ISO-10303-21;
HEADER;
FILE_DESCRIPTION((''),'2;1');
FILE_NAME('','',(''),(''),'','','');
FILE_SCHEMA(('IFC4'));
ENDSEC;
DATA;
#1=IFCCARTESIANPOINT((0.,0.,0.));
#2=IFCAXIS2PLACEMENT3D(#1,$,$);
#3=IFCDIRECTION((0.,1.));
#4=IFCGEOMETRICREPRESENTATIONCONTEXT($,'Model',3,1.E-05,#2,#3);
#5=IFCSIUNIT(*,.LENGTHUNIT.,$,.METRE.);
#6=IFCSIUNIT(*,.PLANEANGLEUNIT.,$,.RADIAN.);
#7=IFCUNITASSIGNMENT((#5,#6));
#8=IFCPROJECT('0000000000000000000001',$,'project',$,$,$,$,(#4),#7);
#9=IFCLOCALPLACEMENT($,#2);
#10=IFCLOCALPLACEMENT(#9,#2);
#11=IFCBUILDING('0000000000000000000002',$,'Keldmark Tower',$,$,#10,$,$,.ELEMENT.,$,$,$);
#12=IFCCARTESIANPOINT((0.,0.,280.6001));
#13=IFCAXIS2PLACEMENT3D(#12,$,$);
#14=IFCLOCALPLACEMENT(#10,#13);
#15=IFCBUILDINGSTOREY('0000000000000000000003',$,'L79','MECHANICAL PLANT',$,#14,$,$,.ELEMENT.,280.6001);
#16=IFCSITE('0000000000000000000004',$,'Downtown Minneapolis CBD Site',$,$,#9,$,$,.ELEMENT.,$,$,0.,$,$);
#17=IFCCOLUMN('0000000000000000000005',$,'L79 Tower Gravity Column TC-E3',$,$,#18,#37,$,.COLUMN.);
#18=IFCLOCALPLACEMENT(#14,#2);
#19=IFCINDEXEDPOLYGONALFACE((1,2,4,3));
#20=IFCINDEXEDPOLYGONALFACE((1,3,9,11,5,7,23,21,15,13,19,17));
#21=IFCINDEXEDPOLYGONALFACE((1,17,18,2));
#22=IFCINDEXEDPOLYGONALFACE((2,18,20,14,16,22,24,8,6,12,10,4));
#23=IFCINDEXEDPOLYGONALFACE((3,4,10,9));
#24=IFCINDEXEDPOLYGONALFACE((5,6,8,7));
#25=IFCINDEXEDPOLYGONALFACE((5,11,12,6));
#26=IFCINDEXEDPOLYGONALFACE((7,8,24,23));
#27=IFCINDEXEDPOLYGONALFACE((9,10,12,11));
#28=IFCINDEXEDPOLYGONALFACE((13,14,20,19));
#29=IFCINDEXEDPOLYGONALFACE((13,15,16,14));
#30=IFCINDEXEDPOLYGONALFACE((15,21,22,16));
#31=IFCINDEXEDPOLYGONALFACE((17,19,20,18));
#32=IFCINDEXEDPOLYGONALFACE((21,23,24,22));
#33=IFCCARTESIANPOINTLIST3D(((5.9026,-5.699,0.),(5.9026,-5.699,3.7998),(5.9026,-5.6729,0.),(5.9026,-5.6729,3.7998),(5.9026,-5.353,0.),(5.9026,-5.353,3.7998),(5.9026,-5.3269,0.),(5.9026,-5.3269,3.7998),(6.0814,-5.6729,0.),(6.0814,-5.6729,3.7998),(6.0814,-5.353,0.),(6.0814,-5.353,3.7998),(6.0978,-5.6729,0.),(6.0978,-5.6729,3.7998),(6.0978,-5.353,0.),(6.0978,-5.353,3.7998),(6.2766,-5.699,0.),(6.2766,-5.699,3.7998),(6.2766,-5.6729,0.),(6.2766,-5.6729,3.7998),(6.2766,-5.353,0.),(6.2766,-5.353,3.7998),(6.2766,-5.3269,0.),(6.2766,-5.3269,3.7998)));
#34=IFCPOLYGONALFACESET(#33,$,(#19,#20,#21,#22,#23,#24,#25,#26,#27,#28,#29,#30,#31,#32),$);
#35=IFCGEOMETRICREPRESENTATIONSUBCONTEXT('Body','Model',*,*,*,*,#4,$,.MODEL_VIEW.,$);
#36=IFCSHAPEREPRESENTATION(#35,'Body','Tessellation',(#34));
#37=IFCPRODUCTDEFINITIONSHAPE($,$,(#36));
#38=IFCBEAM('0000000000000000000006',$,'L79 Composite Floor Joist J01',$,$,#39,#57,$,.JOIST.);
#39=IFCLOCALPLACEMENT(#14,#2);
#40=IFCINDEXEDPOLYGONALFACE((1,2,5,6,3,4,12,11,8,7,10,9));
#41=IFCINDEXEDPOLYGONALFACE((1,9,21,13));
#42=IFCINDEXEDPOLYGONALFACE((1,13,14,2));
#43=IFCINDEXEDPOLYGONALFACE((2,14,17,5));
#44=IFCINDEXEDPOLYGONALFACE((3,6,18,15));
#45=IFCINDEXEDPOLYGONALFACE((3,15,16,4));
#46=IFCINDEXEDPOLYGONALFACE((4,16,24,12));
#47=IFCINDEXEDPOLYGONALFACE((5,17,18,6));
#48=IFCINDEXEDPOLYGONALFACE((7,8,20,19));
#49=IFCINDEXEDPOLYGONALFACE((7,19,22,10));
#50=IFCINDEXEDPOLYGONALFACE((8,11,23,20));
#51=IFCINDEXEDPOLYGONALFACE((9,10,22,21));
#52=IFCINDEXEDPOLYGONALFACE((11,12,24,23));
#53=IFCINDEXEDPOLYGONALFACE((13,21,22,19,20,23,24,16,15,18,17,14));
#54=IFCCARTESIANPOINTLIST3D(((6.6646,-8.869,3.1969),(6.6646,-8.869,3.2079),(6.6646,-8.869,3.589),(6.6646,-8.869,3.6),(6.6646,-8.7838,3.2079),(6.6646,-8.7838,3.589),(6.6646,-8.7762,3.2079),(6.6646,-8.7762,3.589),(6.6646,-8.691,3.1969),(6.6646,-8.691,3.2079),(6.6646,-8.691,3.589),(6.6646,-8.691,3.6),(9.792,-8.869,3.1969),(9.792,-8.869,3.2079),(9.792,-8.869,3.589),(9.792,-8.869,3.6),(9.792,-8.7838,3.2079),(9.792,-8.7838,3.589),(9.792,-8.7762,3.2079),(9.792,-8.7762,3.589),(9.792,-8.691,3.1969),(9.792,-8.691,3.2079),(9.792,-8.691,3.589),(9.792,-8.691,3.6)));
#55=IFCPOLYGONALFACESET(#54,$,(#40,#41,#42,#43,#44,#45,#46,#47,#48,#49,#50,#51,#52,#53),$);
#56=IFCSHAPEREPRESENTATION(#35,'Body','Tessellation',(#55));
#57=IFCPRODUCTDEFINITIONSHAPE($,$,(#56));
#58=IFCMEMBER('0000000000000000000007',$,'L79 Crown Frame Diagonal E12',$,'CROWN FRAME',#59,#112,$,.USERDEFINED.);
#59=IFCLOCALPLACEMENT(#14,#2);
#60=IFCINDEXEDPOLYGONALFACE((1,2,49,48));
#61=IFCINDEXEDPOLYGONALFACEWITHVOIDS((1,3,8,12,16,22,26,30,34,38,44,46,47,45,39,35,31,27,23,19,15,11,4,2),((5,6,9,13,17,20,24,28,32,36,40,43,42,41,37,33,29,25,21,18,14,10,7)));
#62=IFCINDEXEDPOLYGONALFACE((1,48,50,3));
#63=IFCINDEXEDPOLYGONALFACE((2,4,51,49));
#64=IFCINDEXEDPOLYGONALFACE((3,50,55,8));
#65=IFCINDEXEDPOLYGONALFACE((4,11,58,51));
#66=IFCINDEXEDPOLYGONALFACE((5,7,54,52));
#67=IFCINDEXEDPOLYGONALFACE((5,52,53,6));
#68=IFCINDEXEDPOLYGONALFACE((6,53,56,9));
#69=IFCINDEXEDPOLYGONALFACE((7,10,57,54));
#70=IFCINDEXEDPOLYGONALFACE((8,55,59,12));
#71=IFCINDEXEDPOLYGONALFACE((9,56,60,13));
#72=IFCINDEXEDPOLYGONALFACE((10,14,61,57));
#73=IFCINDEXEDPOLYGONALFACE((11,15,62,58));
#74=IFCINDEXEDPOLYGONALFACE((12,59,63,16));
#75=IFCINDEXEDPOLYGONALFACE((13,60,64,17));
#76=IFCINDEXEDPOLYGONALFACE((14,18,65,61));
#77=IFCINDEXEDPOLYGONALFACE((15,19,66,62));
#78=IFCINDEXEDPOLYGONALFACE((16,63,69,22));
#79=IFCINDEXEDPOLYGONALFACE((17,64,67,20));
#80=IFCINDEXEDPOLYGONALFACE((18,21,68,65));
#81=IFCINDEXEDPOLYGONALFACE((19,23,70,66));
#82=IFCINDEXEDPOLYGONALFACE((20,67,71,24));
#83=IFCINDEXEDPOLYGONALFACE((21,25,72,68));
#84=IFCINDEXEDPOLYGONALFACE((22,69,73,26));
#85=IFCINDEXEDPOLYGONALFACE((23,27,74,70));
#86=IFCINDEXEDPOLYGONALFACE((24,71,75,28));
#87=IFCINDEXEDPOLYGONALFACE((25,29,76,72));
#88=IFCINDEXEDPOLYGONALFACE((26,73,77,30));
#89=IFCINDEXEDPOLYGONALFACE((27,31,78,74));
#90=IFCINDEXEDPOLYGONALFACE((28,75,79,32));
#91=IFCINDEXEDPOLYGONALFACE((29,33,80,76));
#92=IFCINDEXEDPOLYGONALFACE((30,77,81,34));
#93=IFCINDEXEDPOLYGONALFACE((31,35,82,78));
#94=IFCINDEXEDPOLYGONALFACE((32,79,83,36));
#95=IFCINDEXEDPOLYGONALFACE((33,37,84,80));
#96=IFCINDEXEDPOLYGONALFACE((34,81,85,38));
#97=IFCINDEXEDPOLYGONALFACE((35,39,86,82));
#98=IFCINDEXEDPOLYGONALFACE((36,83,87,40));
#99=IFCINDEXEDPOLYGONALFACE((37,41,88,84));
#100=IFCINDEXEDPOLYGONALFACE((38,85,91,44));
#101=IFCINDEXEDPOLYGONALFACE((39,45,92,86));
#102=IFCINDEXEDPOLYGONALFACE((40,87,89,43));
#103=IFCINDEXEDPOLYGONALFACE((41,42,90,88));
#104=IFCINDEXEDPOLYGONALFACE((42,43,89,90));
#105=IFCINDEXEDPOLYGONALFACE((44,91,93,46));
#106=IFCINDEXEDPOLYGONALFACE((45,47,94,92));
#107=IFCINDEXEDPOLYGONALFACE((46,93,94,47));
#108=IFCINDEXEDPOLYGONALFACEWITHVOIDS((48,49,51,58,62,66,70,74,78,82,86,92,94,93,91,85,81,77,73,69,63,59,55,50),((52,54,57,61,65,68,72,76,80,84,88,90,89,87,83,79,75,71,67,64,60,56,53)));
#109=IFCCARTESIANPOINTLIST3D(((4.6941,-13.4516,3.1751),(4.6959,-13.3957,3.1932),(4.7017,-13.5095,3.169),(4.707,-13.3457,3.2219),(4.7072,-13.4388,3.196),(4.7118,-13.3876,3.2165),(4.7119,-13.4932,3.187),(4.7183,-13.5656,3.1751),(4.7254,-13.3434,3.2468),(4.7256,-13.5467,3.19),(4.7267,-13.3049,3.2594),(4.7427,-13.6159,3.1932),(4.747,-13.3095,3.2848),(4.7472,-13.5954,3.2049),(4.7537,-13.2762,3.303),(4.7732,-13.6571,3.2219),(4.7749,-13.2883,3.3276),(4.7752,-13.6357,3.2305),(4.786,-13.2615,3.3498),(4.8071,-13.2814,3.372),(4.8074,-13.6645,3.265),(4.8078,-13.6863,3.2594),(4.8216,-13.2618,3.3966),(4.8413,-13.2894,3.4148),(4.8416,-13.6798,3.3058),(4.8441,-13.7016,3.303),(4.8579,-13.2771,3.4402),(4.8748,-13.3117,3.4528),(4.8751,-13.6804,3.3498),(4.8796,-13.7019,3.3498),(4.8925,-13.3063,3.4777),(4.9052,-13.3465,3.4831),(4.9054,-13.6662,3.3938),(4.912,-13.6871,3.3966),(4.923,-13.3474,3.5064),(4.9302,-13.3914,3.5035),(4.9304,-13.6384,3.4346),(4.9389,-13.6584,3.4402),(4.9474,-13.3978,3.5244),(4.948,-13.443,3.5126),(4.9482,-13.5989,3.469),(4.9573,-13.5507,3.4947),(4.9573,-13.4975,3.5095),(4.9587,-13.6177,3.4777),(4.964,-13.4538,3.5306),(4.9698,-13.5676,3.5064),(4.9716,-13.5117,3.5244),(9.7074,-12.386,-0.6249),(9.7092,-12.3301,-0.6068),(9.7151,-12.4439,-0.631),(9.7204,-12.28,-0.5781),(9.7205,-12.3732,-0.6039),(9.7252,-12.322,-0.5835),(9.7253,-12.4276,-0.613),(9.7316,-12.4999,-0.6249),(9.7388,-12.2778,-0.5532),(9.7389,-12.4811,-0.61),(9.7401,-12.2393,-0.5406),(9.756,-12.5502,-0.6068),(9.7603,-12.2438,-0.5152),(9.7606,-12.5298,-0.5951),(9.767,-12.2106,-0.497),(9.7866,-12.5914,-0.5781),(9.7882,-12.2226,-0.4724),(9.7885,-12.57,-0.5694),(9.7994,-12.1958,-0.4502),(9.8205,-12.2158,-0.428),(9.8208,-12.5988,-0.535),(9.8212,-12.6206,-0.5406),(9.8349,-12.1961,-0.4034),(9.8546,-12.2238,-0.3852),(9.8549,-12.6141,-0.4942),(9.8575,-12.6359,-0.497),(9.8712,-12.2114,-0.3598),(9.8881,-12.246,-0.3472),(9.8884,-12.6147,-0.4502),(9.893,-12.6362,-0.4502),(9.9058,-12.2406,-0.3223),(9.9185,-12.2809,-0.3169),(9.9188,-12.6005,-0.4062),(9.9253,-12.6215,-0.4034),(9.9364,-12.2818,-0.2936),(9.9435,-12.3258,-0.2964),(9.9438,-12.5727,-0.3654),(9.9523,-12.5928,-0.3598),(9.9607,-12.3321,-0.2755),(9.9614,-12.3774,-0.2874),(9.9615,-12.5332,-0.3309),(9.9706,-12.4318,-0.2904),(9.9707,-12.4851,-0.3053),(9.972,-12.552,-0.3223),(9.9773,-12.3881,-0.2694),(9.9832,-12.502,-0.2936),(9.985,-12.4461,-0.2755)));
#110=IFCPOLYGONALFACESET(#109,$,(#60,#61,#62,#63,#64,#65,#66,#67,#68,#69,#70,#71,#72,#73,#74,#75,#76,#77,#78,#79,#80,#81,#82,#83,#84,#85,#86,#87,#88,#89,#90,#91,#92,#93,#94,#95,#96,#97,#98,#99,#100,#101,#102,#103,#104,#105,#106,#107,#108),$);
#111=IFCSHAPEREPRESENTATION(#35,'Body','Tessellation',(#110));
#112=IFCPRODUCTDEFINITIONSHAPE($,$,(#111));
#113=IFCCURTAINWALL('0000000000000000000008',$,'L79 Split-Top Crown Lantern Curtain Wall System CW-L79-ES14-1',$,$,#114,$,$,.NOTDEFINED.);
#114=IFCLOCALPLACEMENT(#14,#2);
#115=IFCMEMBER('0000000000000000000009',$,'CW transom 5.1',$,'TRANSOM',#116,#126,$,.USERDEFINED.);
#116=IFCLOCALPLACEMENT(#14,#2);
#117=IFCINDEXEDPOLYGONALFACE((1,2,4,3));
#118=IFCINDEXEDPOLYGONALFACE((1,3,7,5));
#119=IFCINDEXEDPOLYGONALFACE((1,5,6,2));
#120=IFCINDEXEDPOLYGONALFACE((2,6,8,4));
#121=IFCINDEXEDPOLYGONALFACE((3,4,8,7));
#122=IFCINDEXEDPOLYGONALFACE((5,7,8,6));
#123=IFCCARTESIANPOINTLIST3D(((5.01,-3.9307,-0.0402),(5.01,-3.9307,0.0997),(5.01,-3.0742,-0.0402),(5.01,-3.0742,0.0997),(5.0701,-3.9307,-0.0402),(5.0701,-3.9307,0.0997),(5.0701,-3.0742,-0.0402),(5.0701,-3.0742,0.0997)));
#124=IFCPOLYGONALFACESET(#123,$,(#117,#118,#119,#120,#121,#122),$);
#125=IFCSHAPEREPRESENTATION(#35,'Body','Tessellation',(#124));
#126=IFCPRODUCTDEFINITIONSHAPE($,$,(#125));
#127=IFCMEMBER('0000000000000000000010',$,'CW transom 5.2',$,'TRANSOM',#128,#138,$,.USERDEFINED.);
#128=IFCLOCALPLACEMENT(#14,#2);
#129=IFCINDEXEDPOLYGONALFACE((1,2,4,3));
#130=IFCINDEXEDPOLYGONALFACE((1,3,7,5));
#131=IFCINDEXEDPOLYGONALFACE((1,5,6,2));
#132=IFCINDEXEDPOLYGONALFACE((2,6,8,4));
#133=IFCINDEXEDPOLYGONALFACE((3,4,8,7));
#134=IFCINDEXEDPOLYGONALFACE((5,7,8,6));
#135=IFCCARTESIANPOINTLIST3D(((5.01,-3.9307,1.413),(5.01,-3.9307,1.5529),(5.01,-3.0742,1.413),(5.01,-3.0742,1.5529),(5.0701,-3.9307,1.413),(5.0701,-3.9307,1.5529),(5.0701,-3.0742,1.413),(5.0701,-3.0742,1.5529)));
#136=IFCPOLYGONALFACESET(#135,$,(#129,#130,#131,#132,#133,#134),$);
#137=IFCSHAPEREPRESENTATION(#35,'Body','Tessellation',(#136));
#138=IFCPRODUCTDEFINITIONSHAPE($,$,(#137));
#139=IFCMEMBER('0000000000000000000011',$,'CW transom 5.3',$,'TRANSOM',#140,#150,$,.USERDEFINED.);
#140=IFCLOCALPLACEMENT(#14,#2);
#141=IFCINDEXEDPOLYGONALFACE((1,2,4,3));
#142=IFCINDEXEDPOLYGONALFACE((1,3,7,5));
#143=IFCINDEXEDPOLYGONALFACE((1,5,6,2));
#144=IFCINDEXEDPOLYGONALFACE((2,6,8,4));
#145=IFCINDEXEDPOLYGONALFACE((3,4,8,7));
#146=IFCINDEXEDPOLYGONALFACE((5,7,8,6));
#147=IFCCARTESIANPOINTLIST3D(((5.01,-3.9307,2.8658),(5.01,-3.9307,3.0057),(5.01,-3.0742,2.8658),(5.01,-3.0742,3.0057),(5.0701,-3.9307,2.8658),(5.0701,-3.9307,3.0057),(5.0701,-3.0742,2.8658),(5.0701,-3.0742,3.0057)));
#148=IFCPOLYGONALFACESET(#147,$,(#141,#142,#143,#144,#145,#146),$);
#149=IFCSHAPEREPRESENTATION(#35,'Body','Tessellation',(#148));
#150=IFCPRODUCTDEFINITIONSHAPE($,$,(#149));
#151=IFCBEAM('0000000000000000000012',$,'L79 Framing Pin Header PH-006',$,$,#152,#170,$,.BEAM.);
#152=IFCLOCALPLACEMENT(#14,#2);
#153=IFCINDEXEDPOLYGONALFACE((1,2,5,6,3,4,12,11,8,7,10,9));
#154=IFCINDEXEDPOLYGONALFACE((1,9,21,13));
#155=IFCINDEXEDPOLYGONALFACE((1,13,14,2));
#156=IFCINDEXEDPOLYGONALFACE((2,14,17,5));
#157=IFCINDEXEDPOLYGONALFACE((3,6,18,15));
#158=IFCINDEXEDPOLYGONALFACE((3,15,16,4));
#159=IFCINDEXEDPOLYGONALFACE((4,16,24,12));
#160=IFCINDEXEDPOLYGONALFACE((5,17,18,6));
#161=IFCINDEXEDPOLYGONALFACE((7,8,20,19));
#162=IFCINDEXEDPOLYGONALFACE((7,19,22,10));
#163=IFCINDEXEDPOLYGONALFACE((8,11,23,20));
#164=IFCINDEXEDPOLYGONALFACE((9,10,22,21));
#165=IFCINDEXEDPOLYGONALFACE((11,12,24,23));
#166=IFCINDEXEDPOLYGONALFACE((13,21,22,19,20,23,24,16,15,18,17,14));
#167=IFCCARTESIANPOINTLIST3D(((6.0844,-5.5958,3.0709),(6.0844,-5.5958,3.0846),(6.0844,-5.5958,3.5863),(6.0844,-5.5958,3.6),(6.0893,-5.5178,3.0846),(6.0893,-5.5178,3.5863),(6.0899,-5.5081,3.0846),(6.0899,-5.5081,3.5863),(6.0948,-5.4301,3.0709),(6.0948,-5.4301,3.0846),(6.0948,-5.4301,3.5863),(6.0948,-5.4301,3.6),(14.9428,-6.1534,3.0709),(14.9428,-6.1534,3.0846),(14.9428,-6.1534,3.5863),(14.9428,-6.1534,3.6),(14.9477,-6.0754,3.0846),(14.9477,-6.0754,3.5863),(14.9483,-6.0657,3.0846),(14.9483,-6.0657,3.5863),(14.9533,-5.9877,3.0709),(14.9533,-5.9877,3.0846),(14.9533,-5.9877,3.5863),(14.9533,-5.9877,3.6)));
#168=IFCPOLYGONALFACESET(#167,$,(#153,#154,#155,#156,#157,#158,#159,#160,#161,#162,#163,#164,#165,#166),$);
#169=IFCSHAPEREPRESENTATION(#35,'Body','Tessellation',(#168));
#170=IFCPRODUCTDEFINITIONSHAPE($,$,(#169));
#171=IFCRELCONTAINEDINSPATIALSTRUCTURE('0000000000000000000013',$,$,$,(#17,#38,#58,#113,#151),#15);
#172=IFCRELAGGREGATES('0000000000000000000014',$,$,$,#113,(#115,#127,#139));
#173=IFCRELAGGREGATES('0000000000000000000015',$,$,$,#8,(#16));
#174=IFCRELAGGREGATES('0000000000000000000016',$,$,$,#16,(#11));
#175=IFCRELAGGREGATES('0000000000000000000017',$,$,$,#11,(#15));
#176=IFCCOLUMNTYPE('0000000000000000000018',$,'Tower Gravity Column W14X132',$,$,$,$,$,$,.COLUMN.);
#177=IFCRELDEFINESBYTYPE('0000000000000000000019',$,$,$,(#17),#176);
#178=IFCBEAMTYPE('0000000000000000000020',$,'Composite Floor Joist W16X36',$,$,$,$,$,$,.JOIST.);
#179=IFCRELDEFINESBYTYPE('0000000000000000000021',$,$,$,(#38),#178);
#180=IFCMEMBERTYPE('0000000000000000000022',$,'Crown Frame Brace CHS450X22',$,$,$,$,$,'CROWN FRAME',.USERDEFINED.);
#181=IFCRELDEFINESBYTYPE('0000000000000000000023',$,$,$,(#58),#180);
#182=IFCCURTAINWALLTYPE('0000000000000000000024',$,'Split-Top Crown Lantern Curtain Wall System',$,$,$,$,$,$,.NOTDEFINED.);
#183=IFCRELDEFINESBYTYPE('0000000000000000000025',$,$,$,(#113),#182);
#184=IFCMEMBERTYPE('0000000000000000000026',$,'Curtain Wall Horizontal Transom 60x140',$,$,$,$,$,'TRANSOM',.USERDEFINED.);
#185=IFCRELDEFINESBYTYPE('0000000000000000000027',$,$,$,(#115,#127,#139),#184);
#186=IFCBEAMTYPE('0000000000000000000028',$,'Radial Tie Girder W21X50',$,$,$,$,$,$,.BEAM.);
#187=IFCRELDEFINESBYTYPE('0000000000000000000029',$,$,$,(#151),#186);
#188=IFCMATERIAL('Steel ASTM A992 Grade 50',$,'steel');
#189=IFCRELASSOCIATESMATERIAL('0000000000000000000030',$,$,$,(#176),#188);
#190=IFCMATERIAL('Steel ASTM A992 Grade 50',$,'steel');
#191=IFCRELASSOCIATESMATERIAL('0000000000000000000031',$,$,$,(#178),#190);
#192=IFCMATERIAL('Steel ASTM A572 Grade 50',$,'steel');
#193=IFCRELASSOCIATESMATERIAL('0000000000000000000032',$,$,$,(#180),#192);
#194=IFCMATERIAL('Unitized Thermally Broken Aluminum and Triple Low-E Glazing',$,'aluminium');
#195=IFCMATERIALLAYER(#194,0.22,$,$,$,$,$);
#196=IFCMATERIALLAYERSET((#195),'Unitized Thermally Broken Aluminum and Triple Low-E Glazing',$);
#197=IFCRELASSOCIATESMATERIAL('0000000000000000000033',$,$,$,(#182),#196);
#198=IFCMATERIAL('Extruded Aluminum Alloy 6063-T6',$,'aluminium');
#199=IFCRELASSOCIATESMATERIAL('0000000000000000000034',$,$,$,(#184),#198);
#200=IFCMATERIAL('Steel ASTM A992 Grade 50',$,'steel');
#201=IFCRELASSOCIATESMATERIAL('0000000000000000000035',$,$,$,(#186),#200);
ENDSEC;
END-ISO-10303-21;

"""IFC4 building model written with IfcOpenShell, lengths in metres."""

from ifc_helpers import new_model, si_unit, direction, frame, origin, origin_2d, place, context, subcontext, project, spatial, rectangle, hollow_circle, i_section, extrude, material, layer, layer_set, material_profile, profile_set, type_object, element, aggregate, save


model = new_model("IFC4")

# Units and contexts
model_context = context("Model", 3, precision=1e-05, world=origin(), true_north=direction((0.0, 1.0)))
body_context = subcontext(model_context, "Body", "Model", "MODEL_VIEW")
ifc_project = project(units=[si_unit("LENGTHUNIT", "METRE"), si_unit("PLANEANGLEUNIT", "RADIAN")], contexts=[model_context])

# Site, building, storey
site_placement = place(None, origin())
site = spatial("IfcSite", under=ifc_project, at=site_placement, Name="Downtown Minneapolis CBD Site", CompositionType="ELEMENT", RefElevation=0.0)
building_placement = place(site_placement, origin())
building = spatial("IfcBuilding", under=site, at=building_placement, Name="Keldmark Tower", CompositionType="ELEMENT")
storey_placement = place(building_placement, frame((0.0, 0.0, 280.6001)))
storey = spatial("IfcBuildingStorey", under=building, at=storey_placement, Name="L79", Description="MECHANICAL PLANT", CompositionType="ELEMENT", Elevation=280.6001)

# Column
ifc_material_1 = material(Name="Steel ASTM A992 Grade 50", Category="steel")
ifc_material_profile_1 = material_profile(ifc_material_1, i_section(OverallWidth=0.374, OverallDepth=0.3721, WebThickness=0.0164, FlangeThickness=0.0261, at=origin_2d()), Name="W14X132")
ifc_profile_set_1 = profile_set([ifc_material_profile_1], Name="Steel ASTM A992 Grade 50")
column_type = type_object("IfcColumnType", Name="Tower Gravity Column W14X132", PredefinedType="COLUMN", material=ifc_profile_set_1)
column_placement = place(storey_placement, frame((6.0896, -5.5129, 0.0), z_axis=(0.0, 0.0, 1.0), x_axis=(1.0, 0.0, 0.0)))
element("IfcColumn", 1, at=column_placement, inside=storey, type_object=column_type, Name="L79 Tower Gravity Column TC-E3", PredefinedType="COLUMN", context=body_context, shape_type="SweptSolid", body=[
    extrude(i_section(OverallWidth=0.374, OverallDepth=0.3721, WebThickness=0.0164, FlangeThickness=0.0261, at=origin_2d()), origin(), (0.0, 0.0, 1.0), 3.7998),
])

# Beam
ifc_material_2 = material(Name="Steel ASTM A992 Grade 50", Category="steel")
ifc_material_profile_2 = material_profile(ifc_material_2, i_section(OverallWidth=0.178, OverallDepth=0.4031, WebThickness=0.0076, FlangeThickness=0.011, at=origin_2d()), Name="W16X36")
ifc_profile_set_2 = profile_set([ifc_material_profile_2], Name="Steel ASTM A992 Grade 50")
beam_type_1 = type_object("IfcBeamType", Name="Composite Floor Joist W16X36", PredefinedType="JOIST", material=ifc_profile_set_2)
beam_1_placement = place(storey_placement, frame((6.6646, -8.78, 3.3984), z_axis=(1.0, 0.0, 0.0), x_axis=(0.0, 1.0, 0.0)))
element("IfcBeam", 2, at=beam_1_placement, inside=storey, type_object=beam_type_1, Name="L79 Composite Floor Joist J01", PredefinedType="JOIST", context=body_context, shape_type="SweptSolid", body=[
    extrude(i_section(OverallWidth=0.178, OverallDepth=0.4031, WebThickness=0.0076, FlangeThickness=0.011, at=origin_2d()), origin(), (0.0, 0.0, 1.0), 3.1274),
])

# Member
ifc_material_3 = material(Name="Steel ASTM A572 Grade 50", Category="steel")
ifc_material_profile_3 = material_profile(ifc_material_3, hollow_circle(Radius=0.2251, WallThickness=0.022, at=origin_2d()), Name="CHS450X22")
ifc_profile_set_3 = profile_set([ifc_material_profile_3], Name="Steel ASTM A572 Grade 50")
member_type_1 = type_object("IfcMemberType", Name="Crown Frame Brace CHS450X22", ElementType="CROWN FRAME", PredefinedType="USERDEFINED", material=ifc_profile_set_3)
member_1_placement = place(storey_placement, frame((9.8462, -12.416, -0.4502), z_axis=(-0.785745, -0.167021, 0.595574), x_axis=(0.207919, -0.978146, 0.0)))
element("IfcMember", 3, at=member_1_placement, inside=storey, type_object=member_type_1, Name="L79 Crown Frame Diagonal E12", ObjectType="CROWN FRAME", PredefinedType="USERDEFINED", context=body_context, shape_type="SweptSolid", body=[
    extrude(hollow_circle(Radius=0.2251, WallThickness=0.022, at=origin_2d()), origin(), (0.0, 0.0, 1.0), 6.3804),
])

# Curtain wall, members
ifc_material_4 = material(Name="Unitized Thermally Broken Aluminum and Triple Low-E Glazing", Category="aluminium")
ifc_layer_1 = layer(ifc_material_4, 0.22)
ifc_layer_set_1 = layer_set([ifc_layer_1], Name="Unitized Thermally Broken Aluminum and Triple Low-E Glazing")
curtain_wall_type = type_object("IfcCurtainWallType", Name="Split-Top Crown Lantern Curtain Wall System", PredefinedType="NOTDEFINED", material=ifc_layer_set_1)
curtain_wall_placement = place(storey_placement, origin())
curtain_wall = element("IfcCurtainWall", 4, at=curtain_wall_placement, inside=storey, type_object=curtain_wall_type, Name="L79 Split-Top Crown Lantern Curtain Wall System CW-L79-ES14-1", PredefinedType="NOTDEFINED")
ifc_material_5 = material(Name="Extruded Aluminum Alloy 6063-T6", Category="aluminium")
ifc_material_profile_4 = material_profile(ifc_material_5, rectangle(XDim=0.0601, YDim=0.1399, at=origin_2d()), Name="CWT60X140")
ifc_profile_set_4 = profile_set([ifc_material_profile_4], Name="Extruded Aluminum Alloy 6063-T6")
member_type_2 = type_object("IfcMemberType", Name="Curtain Wall Horizontal Transom 60x140", ElementType="TRANSOM", PredefinedType="USERDEFINED", material=ifc_profile_set_4)
member_2_placement = place(storey_placement, frame((5.04, -3.0742, 0.0298), z_axis=(0.0, -1.0, 0.0), x_axis=(1.0, 0.0, 0.0)))
member_2 = element("IfcMember", 5, at=member_2_placement, type_object=member_type_2, Name="CW transom 5.1", ObjectType="TRANSOM", PredefinedType="USERDEFINED", context=body_context, shape_type="SweptSolid", body=[
    extrude(rectangle(XDim=0.0601, YDim=0.1399, at=origin_2d()), origin(), (0.0, 0.0, 1.0), 0.8564),
])
member_3_placement = place(storey_placement, frame((5.04, -3.0742, 1.4829), z_axis=(0.0, -1.0, 0.0), x_axis=(1.0, 0.0, 0.0)))
member_3 = element("IfcMember", 6, at=member_3_placement, type_object=member_type_2, Name="CW transom 5.2", ObjectType="TRANSOM", PredefinedType="USERDEFINED", context=body_context, shape_type="SweptSolid", body=[
    extrude(rectangle(XDim=0.0601, YDim=0.1399, at=origin_2d()), origin(), (0.0, 0.0, 1.0), 0.8564),
])
member_4_placement = place(storey_placement, frame((5.04, -3.0742, 2.9358), z_axis=(0.0, -1.0, 0.0), x_axis=(1.0, 0.0, 0.0)))
member_4 = element("IfcMember", 7, at=member_4_placement, type_object=member_type_2, Name="CW transom 5.3", ObjectType="TRANSOM", PredefinedType="USERDEFINED", context=body_context, shape_type="SweptSolid", body=[
    extrude(rectangle(XDim=0.0601, YDim=0.1399, at=origin_2d()), origin(), (0.0, 0.0, 1.0), 0.8564),
])

# Beam
ifc_material_6 = material(Name="Steel ASTM A992 Grade 50", Category="steel")
ifc_material_profile_5 = material_profile(ifc_material_6, i_section(OverallWidth=0.166, OverallDepth=0.5291, WebThickness=0.0098, FlangeThickness=0.0137, at=origin_2d()), Name="W21X50")
ifc_profile_set_5 = profile_set([ifc_material_profile_5], Name="Steel ASTM A992 Grade 50")
beam_type_2 = type_object("IfcBeamType", Name="Radial Tie Girder W21X50", PredefinedType="BEAM", material=ifc_profile_set_5)
beam_2_placement = place(storey_placement, frame((6.0896, -5.5129, 3.3354), z_axis=(0.998025, -0.062824, 0.0), x_axis=(0.062824, 0.998025, 0.0)))
element("IfcBeam", 8, at=beam_2_placement, inside=storey, type_object=beam_type_2, Name="L79 Framing Pin Header PH-006", PredefinedType="BEAM", context=body_context, shape_type="SweptSolid", body=[
    extrude(i_section(OverallWidth=0.166, OverallDepth=0.5291, WebThickness=0.0098, FlangeThickness=0.0137, at=origin_2d()), origin(), (0.0, 0.0, 1.0), 8.876),
])

aggregate(curtain_wall, [member_2, member_3, member_4])

save(model, "model.ifc")
